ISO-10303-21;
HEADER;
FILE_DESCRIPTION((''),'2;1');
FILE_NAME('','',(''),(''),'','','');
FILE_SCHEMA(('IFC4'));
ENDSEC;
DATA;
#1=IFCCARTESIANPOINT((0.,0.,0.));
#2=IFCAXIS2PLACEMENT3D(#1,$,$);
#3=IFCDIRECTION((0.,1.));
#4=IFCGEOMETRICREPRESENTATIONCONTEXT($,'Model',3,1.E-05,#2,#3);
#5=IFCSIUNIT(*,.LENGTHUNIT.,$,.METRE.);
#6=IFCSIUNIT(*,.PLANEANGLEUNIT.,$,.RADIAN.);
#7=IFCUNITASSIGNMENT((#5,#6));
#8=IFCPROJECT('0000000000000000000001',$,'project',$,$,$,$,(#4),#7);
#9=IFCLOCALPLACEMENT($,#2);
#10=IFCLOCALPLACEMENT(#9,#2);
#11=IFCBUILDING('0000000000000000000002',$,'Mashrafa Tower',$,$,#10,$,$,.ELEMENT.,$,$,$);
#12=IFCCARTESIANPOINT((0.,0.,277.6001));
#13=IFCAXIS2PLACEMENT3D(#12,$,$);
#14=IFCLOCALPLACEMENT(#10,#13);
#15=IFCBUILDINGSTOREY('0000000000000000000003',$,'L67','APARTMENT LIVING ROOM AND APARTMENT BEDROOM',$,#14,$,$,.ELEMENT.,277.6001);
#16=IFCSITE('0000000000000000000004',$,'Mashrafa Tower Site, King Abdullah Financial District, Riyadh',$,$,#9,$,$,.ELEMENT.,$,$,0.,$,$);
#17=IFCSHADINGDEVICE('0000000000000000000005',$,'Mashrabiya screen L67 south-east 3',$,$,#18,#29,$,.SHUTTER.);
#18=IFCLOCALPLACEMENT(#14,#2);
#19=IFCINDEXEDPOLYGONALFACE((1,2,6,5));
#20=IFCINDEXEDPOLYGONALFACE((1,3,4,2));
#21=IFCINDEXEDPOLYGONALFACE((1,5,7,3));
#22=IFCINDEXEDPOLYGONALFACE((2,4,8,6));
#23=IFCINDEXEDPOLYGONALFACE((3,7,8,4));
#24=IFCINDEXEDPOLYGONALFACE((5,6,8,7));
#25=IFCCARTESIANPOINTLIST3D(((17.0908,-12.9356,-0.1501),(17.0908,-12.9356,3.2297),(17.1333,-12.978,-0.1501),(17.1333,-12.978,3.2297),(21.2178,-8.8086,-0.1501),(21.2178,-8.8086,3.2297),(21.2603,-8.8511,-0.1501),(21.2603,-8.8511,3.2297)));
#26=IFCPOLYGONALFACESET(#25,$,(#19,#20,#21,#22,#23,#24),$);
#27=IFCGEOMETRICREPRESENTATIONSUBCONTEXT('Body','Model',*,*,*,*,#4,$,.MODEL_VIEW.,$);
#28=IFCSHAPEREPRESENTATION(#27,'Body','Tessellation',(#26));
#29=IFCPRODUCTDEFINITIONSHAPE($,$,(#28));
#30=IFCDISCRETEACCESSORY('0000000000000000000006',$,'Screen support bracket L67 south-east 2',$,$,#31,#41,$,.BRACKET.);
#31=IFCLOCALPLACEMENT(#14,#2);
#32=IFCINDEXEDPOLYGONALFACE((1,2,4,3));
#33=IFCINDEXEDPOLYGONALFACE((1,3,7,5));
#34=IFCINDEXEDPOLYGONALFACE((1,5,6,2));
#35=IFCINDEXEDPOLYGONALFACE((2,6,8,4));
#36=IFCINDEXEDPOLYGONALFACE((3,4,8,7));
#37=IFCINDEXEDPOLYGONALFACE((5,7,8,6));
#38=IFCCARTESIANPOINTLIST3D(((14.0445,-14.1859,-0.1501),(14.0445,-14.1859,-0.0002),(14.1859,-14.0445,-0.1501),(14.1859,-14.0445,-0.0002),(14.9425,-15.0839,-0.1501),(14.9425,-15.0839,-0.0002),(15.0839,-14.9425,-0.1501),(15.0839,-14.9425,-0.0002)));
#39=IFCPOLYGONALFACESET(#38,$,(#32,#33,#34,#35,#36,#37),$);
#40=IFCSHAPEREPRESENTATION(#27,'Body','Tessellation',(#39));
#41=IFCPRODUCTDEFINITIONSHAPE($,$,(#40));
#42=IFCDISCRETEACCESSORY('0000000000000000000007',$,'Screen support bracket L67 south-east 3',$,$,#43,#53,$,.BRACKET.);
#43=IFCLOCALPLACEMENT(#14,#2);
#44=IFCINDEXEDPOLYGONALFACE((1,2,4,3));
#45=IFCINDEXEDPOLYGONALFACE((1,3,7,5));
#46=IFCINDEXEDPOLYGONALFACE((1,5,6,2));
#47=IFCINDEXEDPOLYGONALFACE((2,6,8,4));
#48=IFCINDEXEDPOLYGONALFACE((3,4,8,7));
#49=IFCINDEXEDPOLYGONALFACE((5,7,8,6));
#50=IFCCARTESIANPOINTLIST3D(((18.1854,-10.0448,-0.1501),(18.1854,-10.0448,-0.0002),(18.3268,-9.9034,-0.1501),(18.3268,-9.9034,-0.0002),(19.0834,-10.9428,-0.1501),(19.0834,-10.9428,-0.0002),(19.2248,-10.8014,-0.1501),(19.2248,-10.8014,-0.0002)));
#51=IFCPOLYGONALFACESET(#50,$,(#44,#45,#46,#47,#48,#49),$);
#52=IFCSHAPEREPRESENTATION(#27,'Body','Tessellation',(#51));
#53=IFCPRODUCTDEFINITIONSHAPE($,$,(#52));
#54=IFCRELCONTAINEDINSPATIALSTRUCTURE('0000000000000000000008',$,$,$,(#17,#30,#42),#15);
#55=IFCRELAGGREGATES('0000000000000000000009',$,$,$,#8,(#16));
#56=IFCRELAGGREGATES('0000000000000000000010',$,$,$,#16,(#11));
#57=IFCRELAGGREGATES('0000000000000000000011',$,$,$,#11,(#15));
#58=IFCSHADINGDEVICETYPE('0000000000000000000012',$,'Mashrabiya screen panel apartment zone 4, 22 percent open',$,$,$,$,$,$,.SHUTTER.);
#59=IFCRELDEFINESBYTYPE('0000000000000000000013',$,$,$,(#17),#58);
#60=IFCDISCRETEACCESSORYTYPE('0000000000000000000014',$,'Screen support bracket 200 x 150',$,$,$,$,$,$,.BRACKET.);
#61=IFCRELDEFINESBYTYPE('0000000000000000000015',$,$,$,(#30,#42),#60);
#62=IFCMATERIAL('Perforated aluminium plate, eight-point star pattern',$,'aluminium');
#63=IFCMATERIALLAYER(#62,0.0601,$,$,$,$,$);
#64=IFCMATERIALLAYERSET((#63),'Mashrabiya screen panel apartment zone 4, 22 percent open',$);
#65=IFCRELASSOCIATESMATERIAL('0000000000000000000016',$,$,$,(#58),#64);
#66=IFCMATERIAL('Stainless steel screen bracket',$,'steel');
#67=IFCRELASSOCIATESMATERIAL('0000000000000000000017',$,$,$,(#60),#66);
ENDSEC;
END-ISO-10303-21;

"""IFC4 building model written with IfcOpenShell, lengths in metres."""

from ifc_helpers import new_model, si_unit, direction, frame, origin, origin_2d, place, context, subcontext, project, spatial, rectangle, extrude, source, transform, mapped, material, layer, layer_set, type_object, type_shapes, element, save


model = new_model("IFC4")

# Units and contexts
model_context = context("Model", 3, precision=1e-05, world=origin(), true_north=direction((0.0, 1.0)))
body_context = subcontext(model_context, "Body", "Model", "MODEL_VIEW")
ifc_project = project(units=[si_unit("LENGTHUNIT", "METRE"), si_unit("PLANEANGLEUNIT", "RADIAN")], contexts=[model_context])

# Site, building, storey
site_placement = place(None, origin())
site = spatial("IfcSite", under=ifc_project, at=site_placement, Name="Mashrafa Tower Site, King Abdullah Financial District, Riyadh", CompositionType="ELEMENT", RefElevation=0.0)
building_placement = place(site_placement, origin())
building = spatial("IfcBuilding", under=site, at=building_placement, Name="Mashrafa Tower", CompositionType="ELEMENT")
storey_placement = place(building_placement, frame((0.0, 0.0, 277.6001)))
storey = spatial("IfcBuildingStorey", under=building, at=storey_placement, Name="L67", Description="APARTMENT LIVING ROOM AND APARTMENT BEDROOM", CompositionType="ELEMENT", Elevation=277.6001)

# Shading device
ifc_material_1 = material(Name="Perforated aluminium plate, eight-point star pattern", Category="aluminium")
ifc_layer_1 = layer(ifc_material_1, 0.0601)
ifc_layer_set_1 = layer_set([ifc_layer_1], Name="Mashrabiya screen panel apartment zone 4, 22 percent open")
shading_device_type = type_object("IfcShadingDeviceType", Name="Mashrabiya screen panel apartment zone 4, 22 percent open", PredefinedType="SHUTTER", material=ifc_layer_set_1)
shared_shape_1 = source(origin(), body_context, "Body", "SweptSolid", [
    extrude(rectangle(XDim=5.8364, YDim=0.0601, at=origin_2d()), origin(), (0.0, 0.0, 1.0), 3.3799),
])
type_shapes(shading_device_type, [shared_shape_1])
for number, where, z_axis, x_axis, name in (
    (1, (19.1755, -10.8933, -0.1501), (0.0, 0.0, 1.0), (0.707107, 0.707107, 0.0), "Mashrabiya screen L67 south-east 3"),
):
    element("IfcShadingDevice", number, at=place(storey_placement, frame(where, z_axis=z_axis, x_axis=x_axis)), inside=storey, type_object=shading_device_type, Name=name, PredefinedType="SHUTTER", context=body_context, shape_type="MappedRepresentation", body=[
        mapped(shared_shape_1, transform((0.0, 0.0, 0.0))),
    ])

# Discrete accessories
ifc_material_2 = material(Name="Stainless steel screen bracket", Category="steel")
discrete_accessory_type = type_object("IfcDiscreteAccessoryType", Name="Screen support bracket 200 x 150", PredefinedType="BRACKET", material=ifc_material_2)
shared_shape_2 = source(origin(), body_context, "Body", "SweptSolid", [
    extrude(rectangle(XDim=0.2, YDim=1.27, at=origin_2d()), origin(), (0.0, 0.0, 1.0), 0.1499),
])
type_shapes(discrete_accessory_type, [shared_shape_2])
for number, where, z_axis, x_axis, name in (
    (2, (14.5642, -14.5642, -0.1501), (0.0, 0.0, 1.0), (0.707107, 0.707107, 0.0), "Screen support bracket L67 south-east 2"),
    (3, (18.7051, -10.4231, -0.1501), (0.0, 0.0, 1.0), (0.707107, 0.707107, 0.0), "Screen support bracket L67 south-east 3"),
):
    element("IfcDiscreteAccessory", number, at=place(storey_placement, frame(where, z_axis=z_axis, x_axis=x_axis)), inside=storey, type_object=discrete_accessory_type, Name=name, PredefinedType="BRACKET", context=body_context, shape_type="MappedRepresentation", body=[
        mapped(shared_shape_2, transform((0.0, 0.0, 0.0))),
    ])

save(model, "model.ifc")
